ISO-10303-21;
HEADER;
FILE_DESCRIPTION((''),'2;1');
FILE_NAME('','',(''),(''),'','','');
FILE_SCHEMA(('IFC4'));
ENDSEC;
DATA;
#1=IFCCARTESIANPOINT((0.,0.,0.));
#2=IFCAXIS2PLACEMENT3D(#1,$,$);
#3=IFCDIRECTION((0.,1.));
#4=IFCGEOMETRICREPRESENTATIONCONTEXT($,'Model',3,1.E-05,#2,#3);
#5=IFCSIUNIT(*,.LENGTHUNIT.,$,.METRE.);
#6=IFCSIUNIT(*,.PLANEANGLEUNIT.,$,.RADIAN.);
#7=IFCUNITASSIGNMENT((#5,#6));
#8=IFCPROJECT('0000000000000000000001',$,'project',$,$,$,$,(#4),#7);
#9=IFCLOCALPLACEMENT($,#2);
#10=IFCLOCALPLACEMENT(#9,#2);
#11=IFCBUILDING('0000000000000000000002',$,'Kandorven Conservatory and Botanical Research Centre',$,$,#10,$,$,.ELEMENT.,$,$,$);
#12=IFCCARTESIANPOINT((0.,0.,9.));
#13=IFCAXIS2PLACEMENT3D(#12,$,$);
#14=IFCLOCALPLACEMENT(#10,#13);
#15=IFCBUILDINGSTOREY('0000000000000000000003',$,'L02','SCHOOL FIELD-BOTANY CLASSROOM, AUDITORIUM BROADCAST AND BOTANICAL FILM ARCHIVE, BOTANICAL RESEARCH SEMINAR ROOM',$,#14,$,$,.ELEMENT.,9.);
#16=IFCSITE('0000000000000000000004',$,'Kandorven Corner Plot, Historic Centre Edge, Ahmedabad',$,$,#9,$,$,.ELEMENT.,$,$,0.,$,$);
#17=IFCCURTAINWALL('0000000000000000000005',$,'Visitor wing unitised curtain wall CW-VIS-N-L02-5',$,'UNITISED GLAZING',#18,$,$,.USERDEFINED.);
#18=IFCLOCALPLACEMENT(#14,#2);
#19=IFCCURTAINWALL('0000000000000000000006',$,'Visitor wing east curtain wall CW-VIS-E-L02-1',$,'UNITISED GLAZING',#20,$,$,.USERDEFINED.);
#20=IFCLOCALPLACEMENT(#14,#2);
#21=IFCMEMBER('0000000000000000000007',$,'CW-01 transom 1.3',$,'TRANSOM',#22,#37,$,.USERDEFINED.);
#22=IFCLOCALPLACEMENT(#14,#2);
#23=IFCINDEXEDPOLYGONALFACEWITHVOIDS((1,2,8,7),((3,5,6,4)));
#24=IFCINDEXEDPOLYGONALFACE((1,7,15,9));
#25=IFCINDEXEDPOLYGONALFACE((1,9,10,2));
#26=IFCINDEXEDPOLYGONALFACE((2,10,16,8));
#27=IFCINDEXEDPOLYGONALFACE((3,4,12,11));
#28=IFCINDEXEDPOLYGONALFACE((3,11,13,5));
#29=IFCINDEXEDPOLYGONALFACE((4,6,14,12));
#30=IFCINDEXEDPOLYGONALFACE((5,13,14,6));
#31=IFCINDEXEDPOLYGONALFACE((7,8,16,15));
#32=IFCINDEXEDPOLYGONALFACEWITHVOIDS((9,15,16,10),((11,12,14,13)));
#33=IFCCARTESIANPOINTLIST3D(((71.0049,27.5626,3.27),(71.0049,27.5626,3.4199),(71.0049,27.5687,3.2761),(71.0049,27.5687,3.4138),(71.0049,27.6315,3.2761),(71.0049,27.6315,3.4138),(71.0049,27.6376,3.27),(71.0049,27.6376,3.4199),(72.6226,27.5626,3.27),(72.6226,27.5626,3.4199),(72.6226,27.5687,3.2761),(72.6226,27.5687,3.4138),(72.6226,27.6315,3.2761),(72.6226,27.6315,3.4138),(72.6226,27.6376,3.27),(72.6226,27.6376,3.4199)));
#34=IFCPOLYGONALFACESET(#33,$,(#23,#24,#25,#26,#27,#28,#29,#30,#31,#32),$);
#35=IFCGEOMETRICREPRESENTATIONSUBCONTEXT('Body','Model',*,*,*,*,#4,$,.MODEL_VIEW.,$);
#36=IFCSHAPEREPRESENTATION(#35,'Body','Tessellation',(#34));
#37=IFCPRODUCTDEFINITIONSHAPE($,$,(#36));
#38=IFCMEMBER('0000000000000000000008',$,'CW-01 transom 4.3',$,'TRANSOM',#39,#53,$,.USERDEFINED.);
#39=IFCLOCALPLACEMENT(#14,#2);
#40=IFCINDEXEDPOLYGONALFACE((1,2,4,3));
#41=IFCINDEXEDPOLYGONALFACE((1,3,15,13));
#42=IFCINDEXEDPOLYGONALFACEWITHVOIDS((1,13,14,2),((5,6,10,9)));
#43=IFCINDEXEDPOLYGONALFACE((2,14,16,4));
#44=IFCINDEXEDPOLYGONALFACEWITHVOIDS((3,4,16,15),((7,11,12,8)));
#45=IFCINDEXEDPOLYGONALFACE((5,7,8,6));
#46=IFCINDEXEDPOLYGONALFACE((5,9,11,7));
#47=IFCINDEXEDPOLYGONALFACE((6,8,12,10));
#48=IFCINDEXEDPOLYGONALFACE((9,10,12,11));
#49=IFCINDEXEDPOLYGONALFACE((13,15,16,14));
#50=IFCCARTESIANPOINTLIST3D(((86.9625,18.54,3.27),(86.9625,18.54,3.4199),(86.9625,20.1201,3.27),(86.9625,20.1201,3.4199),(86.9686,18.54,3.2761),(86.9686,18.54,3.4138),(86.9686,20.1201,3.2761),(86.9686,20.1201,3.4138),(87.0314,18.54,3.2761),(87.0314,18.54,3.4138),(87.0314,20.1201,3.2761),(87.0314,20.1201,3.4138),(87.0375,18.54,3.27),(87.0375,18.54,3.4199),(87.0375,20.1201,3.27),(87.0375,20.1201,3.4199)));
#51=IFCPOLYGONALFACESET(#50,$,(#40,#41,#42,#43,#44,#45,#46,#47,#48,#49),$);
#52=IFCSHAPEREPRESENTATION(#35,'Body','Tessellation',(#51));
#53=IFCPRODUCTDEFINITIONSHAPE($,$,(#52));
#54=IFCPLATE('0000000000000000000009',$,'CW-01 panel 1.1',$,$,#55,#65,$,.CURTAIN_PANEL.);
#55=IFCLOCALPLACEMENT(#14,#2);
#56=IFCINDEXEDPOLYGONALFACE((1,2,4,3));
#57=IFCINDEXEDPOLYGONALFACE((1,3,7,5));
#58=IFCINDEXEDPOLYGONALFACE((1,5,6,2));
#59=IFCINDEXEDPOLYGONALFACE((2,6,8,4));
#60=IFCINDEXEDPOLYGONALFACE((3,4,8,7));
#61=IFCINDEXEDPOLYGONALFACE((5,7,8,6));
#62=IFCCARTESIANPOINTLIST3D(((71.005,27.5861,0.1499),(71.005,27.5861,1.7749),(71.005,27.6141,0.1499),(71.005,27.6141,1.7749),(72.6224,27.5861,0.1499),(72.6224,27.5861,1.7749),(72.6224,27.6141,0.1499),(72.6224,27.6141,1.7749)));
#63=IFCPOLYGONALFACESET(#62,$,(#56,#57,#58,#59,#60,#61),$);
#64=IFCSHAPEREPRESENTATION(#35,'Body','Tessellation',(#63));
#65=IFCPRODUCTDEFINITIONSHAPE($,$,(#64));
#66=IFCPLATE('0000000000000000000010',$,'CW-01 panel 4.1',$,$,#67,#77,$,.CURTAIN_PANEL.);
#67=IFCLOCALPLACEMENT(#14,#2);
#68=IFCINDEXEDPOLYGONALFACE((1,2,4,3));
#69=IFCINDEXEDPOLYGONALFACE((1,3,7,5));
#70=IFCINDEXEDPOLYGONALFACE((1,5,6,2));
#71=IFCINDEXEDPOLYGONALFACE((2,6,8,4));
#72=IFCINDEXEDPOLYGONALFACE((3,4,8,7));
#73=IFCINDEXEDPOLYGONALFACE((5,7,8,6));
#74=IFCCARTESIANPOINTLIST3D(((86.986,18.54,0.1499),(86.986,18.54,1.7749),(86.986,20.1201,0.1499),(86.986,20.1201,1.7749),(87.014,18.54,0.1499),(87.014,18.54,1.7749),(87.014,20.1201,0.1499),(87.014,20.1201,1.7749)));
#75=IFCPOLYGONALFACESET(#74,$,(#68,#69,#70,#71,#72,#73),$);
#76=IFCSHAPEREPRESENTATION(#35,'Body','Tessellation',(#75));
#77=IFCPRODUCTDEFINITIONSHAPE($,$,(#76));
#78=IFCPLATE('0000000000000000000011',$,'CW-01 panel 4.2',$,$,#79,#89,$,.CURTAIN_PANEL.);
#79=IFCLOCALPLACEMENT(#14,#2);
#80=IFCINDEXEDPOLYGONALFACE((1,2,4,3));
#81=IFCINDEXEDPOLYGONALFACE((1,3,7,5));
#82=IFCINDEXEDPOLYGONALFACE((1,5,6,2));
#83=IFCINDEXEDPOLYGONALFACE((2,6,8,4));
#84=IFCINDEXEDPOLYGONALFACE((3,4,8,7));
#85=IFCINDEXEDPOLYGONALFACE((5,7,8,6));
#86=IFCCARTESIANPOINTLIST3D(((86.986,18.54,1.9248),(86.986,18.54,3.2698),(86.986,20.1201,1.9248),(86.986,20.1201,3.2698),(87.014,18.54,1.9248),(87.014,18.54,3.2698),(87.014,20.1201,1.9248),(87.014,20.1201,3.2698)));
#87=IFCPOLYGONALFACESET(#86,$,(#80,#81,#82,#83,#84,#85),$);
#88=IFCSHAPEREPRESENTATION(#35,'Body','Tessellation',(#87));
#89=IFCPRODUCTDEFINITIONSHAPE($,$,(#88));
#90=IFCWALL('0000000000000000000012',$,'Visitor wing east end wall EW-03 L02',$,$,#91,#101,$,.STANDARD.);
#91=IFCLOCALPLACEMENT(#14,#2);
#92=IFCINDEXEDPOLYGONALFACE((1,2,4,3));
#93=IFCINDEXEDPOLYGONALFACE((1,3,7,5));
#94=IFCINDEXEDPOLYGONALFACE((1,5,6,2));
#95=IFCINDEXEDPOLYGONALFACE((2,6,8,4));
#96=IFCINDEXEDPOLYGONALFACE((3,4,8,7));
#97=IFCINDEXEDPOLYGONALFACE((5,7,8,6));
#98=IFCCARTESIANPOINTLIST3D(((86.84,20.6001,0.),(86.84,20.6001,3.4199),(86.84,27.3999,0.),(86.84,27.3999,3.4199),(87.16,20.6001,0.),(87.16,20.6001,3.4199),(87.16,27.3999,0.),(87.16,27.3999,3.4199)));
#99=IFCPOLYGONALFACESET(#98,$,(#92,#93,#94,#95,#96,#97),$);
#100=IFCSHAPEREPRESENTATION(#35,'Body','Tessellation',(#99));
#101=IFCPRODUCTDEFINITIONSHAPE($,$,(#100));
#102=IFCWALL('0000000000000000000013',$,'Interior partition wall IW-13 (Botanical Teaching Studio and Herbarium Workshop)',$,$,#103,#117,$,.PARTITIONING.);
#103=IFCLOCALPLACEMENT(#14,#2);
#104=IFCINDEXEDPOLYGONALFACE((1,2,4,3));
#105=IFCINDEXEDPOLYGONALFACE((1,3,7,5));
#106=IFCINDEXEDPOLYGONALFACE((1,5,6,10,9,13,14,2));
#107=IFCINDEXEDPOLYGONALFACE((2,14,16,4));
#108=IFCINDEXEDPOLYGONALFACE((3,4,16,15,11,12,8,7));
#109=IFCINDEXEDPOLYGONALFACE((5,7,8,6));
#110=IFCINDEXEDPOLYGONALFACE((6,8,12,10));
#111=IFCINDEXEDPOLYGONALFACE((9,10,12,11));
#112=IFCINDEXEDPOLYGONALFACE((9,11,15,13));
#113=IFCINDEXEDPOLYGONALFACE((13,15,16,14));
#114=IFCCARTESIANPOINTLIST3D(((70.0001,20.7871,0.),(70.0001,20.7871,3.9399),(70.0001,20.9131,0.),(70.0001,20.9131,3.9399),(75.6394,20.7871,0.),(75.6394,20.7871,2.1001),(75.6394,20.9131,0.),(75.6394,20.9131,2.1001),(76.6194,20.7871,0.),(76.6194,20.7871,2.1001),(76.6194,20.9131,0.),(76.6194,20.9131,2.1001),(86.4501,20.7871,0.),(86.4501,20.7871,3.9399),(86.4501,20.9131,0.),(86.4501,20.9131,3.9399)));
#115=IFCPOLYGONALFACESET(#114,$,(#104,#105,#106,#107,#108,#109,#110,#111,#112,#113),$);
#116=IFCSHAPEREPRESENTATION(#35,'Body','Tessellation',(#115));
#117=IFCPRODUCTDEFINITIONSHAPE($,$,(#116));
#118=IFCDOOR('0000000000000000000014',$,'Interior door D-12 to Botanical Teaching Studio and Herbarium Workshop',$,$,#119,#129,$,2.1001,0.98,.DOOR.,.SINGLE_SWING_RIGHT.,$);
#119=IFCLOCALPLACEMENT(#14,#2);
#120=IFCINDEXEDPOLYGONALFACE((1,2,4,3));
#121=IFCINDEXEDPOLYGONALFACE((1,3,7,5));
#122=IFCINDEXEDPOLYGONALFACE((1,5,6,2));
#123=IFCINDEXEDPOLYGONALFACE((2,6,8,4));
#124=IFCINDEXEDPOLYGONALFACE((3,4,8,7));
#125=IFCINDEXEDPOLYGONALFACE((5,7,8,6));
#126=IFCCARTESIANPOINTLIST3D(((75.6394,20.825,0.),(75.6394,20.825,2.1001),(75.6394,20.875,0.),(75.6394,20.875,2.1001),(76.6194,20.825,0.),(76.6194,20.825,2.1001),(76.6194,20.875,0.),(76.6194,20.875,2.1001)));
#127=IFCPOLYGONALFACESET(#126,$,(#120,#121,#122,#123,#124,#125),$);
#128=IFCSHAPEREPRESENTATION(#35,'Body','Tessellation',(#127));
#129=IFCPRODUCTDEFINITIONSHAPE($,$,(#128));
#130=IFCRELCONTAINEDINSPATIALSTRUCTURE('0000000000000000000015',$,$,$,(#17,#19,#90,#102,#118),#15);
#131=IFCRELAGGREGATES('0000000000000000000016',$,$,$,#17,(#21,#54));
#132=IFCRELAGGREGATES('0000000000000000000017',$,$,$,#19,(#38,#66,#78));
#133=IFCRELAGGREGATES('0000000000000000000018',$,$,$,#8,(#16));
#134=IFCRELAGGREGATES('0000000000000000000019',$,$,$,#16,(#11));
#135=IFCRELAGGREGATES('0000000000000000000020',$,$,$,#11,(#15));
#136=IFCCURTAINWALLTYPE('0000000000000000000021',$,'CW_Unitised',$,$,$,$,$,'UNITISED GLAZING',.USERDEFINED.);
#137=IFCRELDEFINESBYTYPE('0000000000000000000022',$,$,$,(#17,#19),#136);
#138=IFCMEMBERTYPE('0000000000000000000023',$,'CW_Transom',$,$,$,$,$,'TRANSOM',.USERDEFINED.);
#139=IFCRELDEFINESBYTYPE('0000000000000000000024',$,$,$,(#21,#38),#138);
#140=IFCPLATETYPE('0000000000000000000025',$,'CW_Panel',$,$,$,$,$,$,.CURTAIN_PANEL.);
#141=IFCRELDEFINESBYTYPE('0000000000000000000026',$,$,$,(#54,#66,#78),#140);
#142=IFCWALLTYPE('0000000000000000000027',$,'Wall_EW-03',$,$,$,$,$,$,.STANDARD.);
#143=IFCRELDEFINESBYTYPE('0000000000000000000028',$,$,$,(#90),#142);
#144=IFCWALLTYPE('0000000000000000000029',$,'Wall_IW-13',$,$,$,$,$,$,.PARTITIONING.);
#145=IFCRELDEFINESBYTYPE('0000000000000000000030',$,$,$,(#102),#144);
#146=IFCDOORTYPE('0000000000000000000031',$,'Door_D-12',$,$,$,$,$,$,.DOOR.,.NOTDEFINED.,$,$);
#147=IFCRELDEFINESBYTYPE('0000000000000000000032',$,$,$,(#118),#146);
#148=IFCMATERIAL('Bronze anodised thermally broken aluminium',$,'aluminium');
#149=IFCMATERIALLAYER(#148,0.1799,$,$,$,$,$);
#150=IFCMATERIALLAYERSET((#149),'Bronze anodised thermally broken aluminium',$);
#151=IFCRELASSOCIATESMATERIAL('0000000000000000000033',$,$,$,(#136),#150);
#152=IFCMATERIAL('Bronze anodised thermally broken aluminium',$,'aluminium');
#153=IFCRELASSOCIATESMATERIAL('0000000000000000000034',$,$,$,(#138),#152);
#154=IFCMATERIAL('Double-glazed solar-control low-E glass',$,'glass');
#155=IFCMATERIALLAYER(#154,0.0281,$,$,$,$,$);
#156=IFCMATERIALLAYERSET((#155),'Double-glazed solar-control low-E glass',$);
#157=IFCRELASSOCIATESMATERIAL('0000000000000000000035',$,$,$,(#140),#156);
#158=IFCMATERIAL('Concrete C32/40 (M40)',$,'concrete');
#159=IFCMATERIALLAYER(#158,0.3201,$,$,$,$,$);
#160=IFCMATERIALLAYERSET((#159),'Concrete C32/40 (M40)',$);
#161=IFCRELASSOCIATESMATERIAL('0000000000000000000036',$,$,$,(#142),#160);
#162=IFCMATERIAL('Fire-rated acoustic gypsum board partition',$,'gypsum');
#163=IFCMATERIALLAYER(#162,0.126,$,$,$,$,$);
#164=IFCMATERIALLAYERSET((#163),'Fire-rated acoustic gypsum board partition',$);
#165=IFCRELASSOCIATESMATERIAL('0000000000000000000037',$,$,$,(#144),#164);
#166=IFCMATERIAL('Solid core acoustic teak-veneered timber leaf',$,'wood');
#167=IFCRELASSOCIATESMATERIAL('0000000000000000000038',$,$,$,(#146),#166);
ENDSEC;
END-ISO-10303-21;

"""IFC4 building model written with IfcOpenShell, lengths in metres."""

from ifc_helpers import new_model, si_unit, direction, frame, frame_2d, origin, origin_2d, place, context, subcontext, project, spatial, rectangle, hollow_rectangle, extrude, material, layer, layer_set, material_profile, profile_set, type_object, element, fill, aggregate, save


model = new_model("IFC4")

# Units and contexts
model_context = context("Model", 3, precision=1e-05, world=origin(), true_north=direction((0.0, 1.0)))
body_context = subcontext(model_context, "Body", "Model", "MODEL_VIEW")
ifc_project = project(units=[si_unit("LENGTHUNIT", "METRE"), si_unit("PLANEANGLEUNIT", "RADIAN")], contexts=[model_context])

# Site, building, storey
site_placement = place(None, origin())
site = spatial("IfcSite", under=ifc_project, at=site_placement, Name="Kandorven Corner Plot, Historic Centre Edge, Ahmedabad", CompositionType="ELEMENT", RefElevation=0.0)
building_placement = place(site_placement, origin())
building = spatial("IfcBuilding", under=site, at=building_placement, Name="Kandorven Conservatory and Botanical Research Centre", CompositionType="ELEMENT")
storey_placement = place(building_placement, frame((0.0, 0.0, 9.0)))
storey = spatial("IfcBuildingStorey", under=building, at=storey_placement, Name="L02", Description="SCHOOL FIELD-BOTANY CLASSROOM, AUDITORIUM BROADCAST AND BOTANICAL FILM ARCHIVE, BOTANICAL RESEARCH SEMINAR ROOM", CompositionType="ELEMENT", Elevation=9.0)

# Curtain walls
ifc_material_1 = material(Name="Bronze anodised thermally broken aluminium", Category="aluminium")
ifc_layer_1 = layer(ifc_material_1, 0.1799)
ifc_layer_set_1 = layer_set([ifc_layer_1], Name="Bronze anodised thermally broken aluminium")
curtain_wall_type = type_object("IfcCurtainWallType", Name="CW_Unitised", ElementType="UNITISED GLAZING", PredefinedType="USERDEFINED", material=ifc_layer_set_1)
curtain_wall_1_placement = place(storey_placement, origin())
curtain_wall_1 = element("IfcCurtainWall", 1, at=curtain_wall_1_placement, inside=storey, type_object=curtain_wall_type, Name="Visitor wing unitised curtain wall CW-VIS-N-L02-5", ObjectType="UNITISED GLAZING", PredefinedType="USERDEFINED")
curtain_wall_2_placement = place(storey_placement, origin())
curtain_wall_2 = element("IfcCurtainWall", 2, at=curtain_wall_2_placement, inside=storey, type_object=curtain_wall_type, Name="Visitor wing east curtain wall CW-VIS-E-L02-1", ObjectType="UNITISED GLAZING", PredefinedType="USERDEFINED")

# Members
ifc_material_2 = material(Name="Bronze anodised thermally broken aluminium", Category="aluminium")
ifc_material_profile_1 = material_profile(ifc_material_2, hollow_rectangle(XDim=0.075, YDim=0.1499, WallThickness=0.0061, at=origin_2d()))
ifc_profile_set_1 = profile_set([ifc_material_profile_1], Name="Bronze anodised thermally broken aluminium")
member_type_1 = type_object("IfcMemberType", Name="CW_Transom", ElementType="TRANSOM", PredefinedType="USERDEFINED", material=ifc_profile_set_1)
member_1_placement = place(storey_placement, frame((71.0049, 27.6001, 3.345), z_axis=(1.0, 0.0, 0.0), x_axis=(0.0, 1.0, 0.0)))
member_1 = element("IfcMember", 3, at=member_1_placement, type_object=member_type_1, Name="CW-01 transom 1.3", ObjectType="TRANSOM", PredefinedType="USERDEFINED", context=body_context, shape_type="SweptSolid", body=[
    extrude(hollow_rectangle(XDim=0.075, YDim=0.1499, WallThickness=0.0061, at=origin_2d()), origin(), (0.0, 0.0, 1.0), 1.6177),
])
member_2_placement = place(storey_placement, frame((87.0, 18.54, 3.345), z_axis=(0.0, 1.0, 0.0), x_axis=(-1.0, 0.0, 0.0)))
member_2 = element("IfcMember", 4, at=member_2_placement, type_object=member_type_1, Name="CW-01 transom 4.3", ObjectType="TRANSOM", PredefinedType="USERDEFINED", context=body_context, shape_type="SweptSolid", body=[
    extrude(hollow_rectangle(XDim=0.075, YDim=0.1499, WallThickness=0.0061, at=origin_2d()), origin(), (0.0, 0.0, 1.0), 1.5801),
])

# Plates
ifc_material_3 = material(Name="Double-glazed solar-control low-E glass", Category="glass")
ifc_layer_2 = layer(ifc_material_3, 0.0281)
ifc_layer_set_2 = layer_set([ifc_layer_2], Name="Double-glazed solar-control low-E glass")
plate_type = type_object("IfcPlateType", Name="CW_Panel", PredefinedType="CURTAIN_PANEL", material=ifc_layer_set_2)
plate_1_placement = place(storey_placement, frame((71.8137, 27.6001, 0.1499), z_axis=(0.0, 0.0, 1.0), x_axis=(1.0, 0.0, 0.0)))
plate_1 = element("IfcPlate", 5, at=plate_1_placement, type_object=plate_type, Name="CW-01 panel 1.1", PredefinedType="CURTAIN_PANEL", context=body_context, shape_type="SweptSolid", body=[
    extrude(rectangle(XDim=1.6174, YDim=0.0281, at=origin_2d()), origin(), (0.0, 0.0, 1.0), 1.625),
])
aggregate(curtain_wall_1, [member_1, plate_1])
plate_2_placement = place(storey_placement, frame((87.0, 19.3301, 0.1499), z_axis=(0.0, 0.0, 1.0), x_axis=(0.0, 1.0, 0.0)))
plate_2 = element("IfcPlate", 6, at=plate_2_placement, type_object=plate_type, Name="CW-01 panel 4.1", PredefinedType="CURTAIN_PANEL", context=body_context, shape_type="SweptSolid", body=[
    extrude(rectangle(XDim=1.5801, YDim=0.0281, at=origin_2d()), origin(), (0.0, 0.0, 1.0), 1.625),
])
plate_3_placement = place(storey_placement, frame((87.0, 19.3301, 1.9248), z_axis=(0.0, 0.0, 1.0), x_axis=(0.0, 1.0, 0.0)))
plate_3 = element("IfcPlate", 7, at=plate_3_placement, type_object=plate_type, Name="CW-01 panel 4.2", PredefinedType="CURTAIN_PANEL", context=body_context, shape_type="SweptSolid", body=[
    extrude(rectangle(XDim=1.5801, YDim=0.0281, at=origin_2d()), origin(), (0.0, 0.0, 1.0), 1.345),
])
aggregate(curtain_wall_2, [member_2, plate_2, plate_3])

# Wall
ifc_material_4 = material(Name="Concrete C32/40 (M40)", Category="concrete")
ifc_layer_3 = layer(ifc_material_4, 0.3201)
ifc_layer_set_3 = layer_set([ifc_layer_3], Name="Concrete C32/40 (M40)")
wall_type_1 = type_object("IfcWallType", Name="Wall_EW-03", PredefinedType="STANDARD", material=ifc_layer_set_3)
wall_1_placement = place(storey_placement, frame((87.0, 20.6001, 0.0), z_axis=(0.0, 0.0, 1.0), x_axis=(0.0, 1.0, 0.0)))
element("IfcWall", 8, at=wall_1_placement, inside=storey, type_object=wall_type_1, Name="Visitor wing east end wall EW-03 L02", PredefinedType="STANDARD", context=body_context, shape_type="SweptSolid", body=[
    extrude(rectangle(XDim=6.7998, YDim=0.3201, at=frame_2d((3.3999, 0.0))), origin(), (0.0, 0.0, 1.0), 3.4199),
])

# Wall, opening, door
ifc_material_5 = material(Name="Fire-rated acoustic gypsum board partition", Category="gypsum")
ifc_layer_4 = layer(ifc_material_5, 0.126)
ifc_layer_set_4 = layer_set([ifc_layer_4], Name="Fire-rated acoustic gypsum board partition")
wall_type_2 = type_object("IfcWallType", Name="Wall_IW-13", PredefinedType="PARTITIONING", material=ifc_layer_set_4)
wall_2_placement = place(storey_placement, frame((70.0, 20.8501, 0.0), z_axis=(0.0, 0.0, 1.0), x_axis=(1.0, 0.0, 0.0)))
wall_2 = element("IfcWall", 9, at=wall_2_placement, inside=storey, type_object=wall_type_2, Name="Interior partition wall IW-13 (Botanical Teaching Studio and Herbarium Workshop)", PredefinedType="PARTITIONING", context=body_context, shape_type="SweptSolid", body=[
    extrude(rectangle(XDim=16.45, YDim=0.126, at=frame_2d((8.2251, 0.0))), origin(), (0.0, 0.0, 1.0), 3.9399),
])
opening_placement = place(wall_2_placement, frame((5.6394, 0.0, 0.0)))
opening = element("IfcOpeningElement", 10, at=opening_placement, cuts=wall_2, PredefinedType="OPENING", context=body_context, shape_type="SweptSolid", body=[
    extrude(rectangle(XDim=0.98, YDim=2.1001, at=frame_2d((0.49, 1.05))), frame((0.0, 0.073, 0.0), z_axis=(0.0, -1.0, 0.0), x_axis=(1.0, 0.0, 0.0)), (0.0, 0.0, 1.0), 0.146),
])
ifc_material_6 = material(Name="Solid core acoustic teak-veneered timber leaf", Category="wood")
door_type = type_object("IfcDoorType", Name="Door_D-12", OperationType="NOTDEFINED", PredefinedType="DOOR", material=ifc_material_6)
door_placement = place(opening_placement, origin())
door = element("IfcDoor", 11, at=door_placement, inside=storey, type_object=door_type, Name="Interior door D-12 to Botanical Teaching Studio and Herbarium Workshop", OperationType="SINGLE_SWING_RIGHT", OverallHeight=2.1001, OverallWidth=0.98, PredefinedType="DOOR", context=body_context, shape_type="SweptSolid", body=[
    extrude(rectangle(XDim=0.98, YDim=2.1001, at=frame_2d((0.49, 1.05))), frame((0.0, 0.0249, 0.0), z_axis=(0.0, -1.0, 0.0), x_axis=(1.0, 0.0, 0.0)), (0.0, 0.0, 1.0), 0.05),
])
fill(opening, door)

save(model, "model.ifc")
